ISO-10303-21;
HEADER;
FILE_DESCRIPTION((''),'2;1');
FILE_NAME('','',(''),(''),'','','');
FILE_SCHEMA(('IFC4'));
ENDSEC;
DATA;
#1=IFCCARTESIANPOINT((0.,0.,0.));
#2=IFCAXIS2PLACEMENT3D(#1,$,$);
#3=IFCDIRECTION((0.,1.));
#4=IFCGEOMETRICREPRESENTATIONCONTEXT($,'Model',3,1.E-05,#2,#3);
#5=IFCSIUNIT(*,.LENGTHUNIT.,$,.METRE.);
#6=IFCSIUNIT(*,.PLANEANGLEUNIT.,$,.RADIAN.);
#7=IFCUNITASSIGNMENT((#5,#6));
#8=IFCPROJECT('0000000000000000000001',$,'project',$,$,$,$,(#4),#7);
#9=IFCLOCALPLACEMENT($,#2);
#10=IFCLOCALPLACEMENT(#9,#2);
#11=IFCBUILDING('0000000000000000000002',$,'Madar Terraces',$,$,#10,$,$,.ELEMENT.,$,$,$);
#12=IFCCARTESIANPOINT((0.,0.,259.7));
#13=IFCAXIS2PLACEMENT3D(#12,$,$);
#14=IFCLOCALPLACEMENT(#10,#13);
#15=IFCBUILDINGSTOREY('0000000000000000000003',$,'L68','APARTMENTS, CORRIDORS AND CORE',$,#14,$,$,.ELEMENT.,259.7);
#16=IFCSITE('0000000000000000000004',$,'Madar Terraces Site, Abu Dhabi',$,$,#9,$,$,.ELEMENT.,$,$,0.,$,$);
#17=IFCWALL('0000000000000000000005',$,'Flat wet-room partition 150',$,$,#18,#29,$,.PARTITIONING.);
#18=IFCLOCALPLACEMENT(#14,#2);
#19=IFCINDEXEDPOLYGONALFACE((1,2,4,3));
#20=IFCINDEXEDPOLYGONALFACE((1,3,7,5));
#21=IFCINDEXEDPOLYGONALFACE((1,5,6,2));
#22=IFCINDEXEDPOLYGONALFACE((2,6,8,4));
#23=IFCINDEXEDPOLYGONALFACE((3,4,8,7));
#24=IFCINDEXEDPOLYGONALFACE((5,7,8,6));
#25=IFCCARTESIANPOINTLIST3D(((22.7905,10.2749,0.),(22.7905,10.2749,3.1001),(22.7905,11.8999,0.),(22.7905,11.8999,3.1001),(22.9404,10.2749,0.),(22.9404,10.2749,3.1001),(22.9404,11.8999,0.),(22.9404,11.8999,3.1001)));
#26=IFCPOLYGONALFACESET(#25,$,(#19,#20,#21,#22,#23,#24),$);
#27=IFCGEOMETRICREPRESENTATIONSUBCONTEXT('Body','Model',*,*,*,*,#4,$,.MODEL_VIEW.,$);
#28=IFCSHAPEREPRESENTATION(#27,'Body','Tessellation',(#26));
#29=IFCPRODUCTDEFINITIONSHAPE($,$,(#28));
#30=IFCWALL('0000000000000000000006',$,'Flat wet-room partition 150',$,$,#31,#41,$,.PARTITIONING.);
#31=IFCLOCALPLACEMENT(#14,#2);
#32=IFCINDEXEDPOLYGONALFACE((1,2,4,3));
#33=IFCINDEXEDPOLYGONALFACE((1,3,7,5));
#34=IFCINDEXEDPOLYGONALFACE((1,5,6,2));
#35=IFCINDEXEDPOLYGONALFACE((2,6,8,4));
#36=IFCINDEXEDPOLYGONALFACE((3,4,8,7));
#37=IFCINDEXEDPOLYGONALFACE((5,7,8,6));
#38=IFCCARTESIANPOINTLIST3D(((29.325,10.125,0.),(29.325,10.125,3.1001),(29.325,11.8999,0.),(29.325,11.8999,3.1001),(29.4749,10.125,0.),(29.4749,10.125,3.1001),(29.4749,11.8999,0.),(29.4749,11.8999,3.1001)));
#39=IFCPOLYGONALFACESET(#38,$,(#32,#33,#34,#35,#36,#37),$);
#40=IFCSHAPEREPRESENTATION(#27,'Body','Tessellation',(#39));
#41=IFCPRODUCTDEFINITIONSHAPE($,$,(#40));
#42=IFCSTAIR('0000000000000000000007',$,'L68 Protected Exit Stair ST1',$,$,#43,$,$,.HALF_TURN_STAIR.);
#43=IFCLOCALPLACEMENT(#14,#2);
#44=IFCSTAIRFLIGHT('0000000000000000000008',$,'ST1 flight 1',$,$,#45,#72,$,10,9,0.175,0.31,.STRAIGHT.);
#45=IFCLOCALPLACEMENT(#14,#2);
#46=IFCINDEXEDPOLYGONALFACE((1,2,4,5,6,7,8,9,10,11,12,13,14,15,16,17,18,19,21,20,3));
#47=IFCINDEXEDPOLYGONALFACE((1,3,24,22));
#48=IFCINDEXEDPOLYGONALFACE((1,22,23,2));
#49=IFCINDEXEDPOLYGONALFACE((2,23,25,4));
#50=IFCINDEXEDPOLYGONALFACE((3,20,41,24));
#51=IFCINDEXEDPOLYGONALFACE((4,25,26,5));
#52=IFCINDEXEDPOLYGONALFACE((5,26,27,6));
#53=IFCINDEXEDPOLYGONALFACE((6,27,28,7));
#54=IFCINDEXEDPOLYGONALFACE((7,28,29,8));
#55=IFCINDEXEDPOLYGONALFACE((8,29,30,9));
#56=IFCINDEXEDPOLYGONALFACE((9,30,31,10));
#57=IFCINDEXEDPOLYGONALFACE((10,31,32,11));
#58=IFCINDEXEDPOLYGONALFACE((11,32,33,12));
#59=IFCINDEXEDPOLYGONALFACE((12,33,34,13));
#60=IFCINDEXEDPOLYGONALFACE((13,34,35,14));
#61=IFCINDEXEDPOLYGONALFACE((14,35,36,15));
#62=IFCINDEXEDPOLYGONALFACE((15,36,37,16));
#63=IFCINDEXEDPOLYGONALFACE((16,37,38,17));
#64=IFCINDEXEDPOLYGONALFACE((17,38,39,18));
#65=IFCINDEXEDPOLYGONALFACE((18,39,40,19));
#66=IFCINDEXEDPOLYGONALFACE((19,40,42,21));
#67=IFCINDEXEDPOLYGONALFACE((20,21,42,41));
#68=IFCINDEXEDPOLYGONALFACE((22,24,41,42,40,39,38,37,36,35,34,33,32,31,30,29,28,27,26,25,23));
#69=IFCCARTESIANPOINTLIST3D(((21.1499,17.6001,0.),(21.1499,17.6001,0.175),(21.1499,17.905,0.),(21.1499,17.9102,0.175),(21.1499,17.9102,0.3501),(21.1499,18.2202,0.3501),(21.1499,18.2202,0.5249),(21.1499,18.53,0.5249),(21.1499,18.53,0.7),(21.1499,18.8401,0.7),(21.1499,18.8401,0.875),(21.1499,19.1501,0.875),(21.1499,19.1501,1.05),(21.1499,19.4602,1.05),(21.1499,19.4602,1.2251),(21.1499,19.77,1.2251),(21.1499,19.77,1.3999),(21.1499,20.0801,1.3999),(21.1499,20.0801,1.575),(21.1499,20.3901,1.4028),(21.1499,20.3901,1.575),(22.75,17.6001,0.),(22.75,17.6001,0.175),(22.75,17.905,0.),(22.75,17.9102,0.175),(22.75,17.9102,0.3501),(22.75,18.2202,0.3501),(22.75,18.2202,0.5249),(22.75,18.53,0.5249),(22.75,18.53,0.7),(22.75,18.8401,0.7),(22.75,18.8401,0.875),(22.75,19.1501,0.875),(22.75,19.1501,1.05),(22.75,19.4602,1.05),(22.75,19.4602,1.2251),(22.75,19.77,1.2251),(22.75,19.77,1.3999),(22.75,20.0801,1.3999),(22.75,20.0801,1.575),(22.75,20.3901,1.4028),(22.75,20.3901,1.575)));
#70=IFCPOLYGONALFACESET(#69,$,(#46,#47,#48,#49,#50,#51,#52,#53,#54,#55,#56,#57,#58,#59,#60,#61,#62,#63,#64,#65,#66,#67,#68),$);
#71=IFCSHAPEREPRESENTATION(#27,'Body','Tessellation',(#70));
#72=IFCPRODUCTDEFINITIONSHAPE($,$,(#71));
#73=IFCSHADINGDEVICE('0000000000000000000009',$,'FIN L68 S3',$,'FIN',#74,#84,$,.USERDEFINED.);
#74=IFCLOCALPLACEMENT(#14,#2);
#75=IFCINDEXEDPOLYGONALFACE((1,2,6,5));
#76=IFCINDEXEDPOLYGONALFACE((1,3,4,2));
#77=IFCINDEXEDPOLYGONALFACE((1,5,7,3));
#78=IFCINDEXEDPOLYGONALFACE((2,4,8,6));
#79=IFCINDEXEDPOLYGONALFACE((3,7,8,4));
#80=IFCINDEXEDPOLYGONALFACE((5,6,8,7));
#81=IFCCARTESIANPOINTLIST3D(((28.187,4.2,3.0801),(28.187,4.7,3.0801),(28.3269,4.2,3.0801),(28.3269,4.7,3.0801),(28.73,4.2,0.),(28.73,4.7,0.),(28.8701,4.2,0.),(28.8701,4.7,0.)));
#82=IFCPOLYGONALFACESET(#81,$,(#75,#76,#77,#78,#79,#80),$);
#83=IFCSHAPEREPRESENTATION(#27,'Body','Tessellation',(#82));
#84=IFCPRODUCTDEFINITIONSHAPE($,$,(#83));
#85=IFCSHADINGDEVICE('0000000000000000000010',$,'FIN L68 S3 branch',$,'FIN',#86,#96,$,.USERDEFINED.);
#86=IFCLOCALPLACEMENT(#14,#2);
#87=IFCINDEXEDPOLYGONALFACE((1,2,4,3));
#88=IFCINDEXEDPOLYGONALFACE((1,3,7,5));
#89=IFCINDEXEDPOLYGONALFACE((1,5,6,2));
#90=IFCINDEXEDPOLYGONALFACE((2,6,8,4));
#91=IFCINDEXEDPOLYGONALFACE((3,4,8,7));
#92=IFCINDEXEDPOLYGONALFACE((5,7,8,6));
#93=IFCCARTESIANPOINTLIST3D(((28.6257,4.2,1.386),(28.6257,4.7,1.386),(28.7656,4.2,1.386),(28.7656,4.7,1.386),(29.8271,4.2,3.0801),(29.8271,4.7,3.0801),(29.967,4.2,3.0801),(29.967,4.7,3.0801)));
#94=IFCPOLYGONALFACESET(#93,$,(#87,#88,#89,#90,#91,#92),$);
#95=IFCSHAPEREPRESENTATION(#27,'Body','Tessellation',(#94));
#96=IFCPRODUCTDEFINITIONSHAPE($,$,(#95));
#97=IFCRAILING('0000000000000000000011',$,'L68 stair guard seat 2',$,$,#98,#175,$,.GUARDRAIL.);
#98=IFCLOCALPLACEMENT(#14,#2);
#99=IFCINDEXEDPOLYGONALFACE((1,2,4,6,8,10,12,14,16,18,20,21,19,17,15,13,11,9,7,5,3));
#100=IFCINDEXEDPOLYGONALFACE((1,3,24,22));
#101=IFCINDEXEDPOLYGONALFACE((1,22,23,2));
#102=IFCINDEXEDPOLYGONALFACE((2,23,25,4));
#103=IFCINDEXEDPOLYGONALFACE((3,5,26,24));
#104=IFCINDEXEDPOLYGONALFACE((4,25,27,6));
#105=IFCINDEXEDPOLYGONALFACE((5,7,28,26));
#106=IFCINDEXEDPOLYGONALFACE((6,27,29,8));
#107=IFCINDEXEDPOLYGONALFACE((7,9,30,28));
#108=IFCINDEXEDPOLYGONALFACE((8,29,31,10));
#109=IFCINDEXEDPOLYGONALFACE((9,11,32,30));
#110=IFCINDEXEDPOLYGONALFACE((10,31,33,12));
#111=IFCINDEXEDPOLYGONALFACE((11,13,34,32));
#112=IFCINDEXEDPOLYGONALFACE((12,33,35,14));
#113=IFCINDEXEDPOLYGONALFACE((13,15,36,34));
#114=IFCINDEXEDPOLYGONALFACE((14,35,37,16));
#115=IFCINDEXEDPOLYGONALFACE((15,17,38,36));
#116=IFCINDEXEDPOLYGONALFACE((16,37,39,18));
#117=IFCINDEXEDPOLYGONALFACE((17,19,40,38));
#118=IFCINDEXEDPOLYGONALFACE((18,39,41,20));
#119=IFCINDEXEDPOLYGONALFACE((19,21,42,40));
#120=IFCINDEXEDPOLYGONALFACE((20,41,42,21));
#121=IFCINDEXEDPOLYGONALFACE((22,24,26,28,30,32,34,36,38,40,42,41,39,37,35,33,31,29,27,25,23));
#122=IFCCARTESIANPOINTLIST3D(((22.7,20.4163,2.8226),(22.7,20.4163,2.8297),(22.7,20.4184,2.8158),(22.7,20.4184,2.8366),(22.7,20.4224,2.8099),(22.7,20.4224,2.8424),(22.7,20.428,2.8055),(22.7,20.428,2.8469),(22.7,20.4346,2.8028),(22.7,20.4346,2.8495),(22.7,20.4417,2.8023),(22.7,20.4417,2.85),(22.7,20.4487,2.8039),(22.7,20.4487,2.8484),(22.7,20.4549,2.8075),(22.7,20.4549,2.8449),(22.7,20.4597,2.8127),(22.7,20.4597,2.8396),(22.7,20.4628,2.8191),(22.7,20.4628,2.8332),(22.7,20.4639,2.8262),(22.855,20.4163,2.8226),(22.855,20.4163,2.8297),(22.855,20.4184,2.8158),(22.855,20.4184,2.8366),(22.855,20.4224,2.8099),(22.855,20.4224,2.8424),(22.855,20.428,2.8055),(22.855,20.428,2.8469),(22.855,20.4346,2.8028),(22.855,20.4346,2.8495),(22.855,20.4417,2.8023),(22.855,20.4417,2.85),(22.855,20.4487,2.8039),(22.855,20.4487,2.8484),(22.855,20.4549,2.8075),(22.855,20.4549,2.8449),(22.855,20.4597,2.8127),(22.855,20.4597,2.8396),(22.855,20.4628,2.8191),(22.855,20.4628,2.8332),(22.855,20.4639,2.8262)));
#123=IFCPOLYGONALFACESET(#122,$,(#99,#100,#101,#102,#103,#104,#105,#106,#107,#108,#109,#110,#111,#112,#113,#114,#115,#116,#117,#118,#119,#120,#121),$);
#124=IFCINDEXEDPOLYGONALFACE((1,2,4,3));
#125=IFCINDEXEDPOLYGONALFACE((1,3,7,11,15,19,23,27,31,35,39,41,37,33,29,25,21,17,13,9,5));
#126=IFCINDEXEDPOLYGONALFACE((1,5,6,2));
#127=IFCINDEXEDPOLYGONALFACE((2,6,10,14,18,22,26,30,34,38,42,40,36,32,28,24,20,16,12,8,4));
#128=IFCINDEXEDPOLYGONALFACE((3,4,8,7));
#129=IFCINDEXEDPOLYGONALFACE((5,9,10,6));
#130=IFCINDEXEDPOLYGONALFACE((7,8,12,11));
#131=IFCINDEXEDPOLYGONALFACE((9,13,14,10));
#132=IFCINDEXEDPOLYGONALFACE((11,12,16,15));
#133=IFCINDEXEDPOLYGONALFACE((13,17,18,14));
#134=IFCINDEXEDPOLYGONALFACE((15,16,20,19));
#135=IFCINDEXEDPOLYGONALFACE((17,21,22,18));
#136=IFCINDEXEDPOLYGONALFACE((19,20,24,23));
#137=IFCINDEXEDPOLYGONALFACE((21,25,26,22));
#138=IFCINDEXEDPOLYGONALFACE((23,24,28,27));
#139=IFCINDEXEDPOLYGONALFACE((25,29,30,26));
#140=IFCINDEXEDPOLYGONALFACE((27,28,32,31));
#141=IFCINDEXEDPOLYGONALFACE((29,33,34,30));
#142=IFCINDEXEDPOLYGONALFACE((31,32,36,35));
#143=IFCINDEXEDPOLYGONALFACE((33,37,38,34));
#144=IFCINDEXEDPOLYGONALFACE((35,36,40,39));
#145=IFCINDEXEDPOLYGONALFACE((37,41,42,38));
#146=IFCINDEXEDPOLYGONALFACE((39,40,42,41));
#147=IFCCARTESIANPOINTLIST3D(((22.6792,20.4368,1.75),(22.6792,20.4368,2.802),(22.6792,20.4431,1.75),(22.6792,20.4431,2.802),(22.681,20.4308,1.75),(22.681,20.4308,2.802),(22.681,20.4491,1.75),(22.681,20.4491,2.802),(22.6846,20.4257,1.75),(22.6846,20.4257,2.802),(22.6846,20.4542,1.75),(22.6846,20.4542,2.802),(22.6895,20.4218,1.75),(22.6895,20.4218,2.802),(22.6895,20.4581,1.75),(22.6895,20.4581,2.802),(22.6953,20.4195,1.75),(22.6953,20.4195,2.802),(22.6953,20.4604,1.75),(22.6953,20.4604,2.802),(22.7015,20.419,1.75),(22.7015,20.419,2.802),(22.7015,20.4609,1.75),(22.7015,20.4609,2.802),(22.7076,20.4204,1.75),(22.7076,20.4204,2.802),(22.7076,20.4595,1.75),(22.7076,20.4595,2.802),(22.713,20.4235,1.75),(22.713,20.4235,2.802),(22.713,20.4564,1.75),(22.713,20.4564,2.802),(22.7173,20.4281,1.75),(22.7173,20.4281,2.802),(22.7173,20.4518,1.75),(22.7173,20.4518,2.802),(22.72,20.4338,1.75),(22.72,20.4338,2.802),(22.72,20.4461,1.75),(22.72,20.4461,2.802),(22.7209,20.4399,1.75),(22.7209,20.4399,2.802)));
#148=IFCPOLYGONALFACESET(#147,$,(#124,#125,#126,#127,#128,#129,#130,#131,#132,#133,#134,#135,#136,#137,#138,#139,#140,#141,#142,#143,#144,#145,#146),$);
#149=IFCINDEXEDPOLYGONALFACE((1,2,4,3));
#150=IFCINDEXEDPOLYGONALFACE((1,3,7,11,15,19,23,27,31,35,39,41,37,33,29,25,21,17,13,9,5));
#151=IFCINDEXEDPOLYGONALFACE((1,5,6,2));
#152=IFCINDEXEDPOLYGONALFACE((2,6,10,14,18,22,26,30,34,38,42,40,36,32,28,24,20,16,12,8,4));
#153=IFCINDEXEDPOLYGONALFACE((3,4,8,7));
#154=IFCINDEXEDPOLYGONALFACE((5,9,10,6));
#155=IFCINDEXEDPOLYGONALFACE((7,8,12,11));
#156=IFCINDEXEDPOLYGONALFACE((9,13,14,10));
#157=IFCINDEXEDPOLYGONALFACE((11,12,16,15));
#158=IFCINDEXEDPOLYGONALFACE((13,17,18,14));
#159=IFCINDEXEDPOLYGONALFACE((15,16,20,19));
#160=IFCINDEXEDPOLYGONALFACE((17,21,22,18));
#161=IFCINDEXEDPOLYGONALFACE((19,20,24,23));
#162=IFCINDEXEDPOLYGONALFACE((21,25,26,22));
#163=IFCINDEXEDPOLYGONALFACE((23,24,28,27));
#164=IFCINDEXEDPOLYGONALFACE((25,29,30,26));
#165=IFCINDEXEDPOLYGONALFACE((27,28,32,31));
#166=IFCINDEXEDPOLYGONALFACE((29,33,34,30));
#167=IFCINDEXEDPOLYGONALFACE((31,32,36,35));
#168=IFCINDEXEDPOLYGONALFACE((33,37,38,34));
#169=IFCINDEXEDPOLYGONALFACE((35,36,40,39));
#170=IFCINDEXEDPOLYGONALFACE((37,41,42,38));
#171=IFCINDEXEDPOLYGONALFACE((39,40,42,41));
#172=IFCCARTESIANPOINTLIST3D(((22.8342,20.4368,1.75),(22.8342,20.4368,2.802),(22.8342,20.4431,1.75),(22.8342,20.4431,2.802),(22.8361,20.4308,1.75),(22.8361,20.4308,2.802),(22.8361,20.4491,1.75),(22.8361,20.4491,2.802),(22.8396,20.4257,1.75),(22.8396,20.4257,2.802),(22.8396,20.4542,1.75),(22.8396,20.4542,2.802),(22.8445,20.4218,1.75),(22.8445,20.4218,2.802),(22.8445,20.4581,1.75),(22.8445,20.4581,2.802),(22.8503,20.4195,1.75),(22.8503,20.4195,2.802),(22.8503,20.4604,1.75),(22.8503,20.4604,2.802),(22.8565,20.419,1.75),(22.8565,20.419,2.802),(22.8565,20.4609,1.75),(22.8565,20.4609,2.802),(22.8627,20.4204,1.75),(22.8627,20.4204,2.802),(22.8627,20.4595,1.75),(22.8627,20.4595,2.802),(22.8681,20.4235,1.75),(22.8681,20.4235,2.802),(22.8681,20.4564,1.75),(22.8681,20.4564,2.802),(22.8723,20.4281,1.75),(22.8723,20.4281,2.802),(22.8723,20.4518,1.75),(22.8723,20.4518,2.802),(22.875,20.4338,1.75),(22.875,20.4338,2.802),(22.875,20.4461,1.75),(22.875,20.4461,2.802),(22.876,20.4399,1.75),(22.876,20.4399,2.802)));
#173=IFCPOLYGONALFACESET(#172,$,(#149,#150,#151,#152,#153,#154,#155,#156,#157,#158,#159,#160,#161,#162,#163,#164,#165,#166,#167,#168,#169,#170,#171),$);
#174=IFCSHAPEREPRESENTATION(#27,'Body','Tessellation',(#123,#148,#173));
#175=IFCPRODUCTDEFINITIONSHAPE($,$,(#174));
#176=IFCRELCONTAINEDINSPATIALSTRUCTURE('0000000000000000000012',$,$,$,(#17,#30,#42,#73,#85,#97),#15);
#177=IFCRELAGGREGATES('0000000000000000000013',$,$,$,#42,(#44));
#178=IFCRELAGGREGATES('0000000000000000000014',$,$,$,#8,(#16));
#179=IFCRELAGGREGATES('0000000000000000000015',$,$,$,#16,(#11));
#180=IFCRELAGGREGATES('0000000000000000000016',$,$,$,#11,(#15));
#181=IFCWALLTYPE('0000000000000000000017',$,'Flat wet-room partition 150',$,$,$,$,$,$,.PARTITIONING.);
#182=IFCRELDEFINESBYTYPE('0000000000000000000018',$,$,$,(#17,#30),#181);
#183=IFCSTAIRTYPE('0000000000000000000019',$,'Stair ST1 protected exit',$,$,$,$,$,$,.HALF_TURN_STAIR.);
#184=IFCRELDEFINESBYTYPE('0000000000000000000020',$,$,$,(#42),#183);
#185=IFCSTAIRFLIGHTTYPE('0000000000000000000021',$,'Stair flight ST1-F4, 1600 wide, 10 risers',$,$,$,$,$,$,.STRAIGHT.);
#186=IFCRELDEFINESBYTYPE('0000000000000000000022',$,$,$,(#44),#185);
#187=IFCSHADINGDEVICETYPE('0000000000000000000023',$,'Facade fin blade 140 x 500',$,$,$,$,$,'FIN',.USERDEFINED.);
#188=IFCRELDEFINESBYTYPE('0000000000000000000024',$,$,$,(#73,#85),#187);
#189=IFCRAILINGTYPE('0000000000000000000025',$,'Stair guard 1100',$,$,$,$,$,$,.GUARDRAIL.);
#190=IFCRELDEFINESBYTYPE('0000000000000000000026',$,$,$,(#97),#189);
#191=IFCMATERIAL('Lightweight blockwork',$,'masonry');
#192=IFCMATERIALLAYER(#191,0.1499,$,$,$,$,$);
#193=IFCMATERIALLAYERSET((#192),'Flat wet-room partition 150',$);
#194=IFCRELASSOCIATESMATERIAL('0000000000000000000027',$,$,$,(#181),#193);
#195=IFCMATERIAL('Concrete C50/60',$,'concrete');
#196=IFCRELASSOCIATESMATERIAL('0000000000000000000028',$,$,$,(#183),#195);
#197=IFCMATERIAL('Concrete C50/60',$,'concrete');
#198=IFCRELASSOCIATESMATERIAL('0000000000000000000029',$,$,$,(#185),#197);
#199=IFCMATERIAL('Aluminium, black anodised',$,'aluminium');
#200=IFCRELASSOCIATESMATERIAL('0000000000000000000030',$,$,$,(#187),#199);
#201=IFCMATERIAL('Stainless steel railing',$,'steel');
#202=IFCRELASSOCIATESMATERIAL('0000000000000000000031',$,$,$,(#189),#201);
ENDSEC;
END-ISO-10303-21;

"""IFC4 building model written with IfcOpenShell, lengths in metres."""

from ifc_helpers import new_model, si_unit, direction, frame, frame_2d, origin, origin_2d, place, context, subcontext, project, spatial, polyline, rectangle, circle, outline, extrude, material, layer, layer_set, type_object, element, aggregate, save


model = new_model("IFC4")

# Units and contexts
model_context = context("Model", 3, precision=1e-05, world=origin(), true_north=direction((0.0, 1.0)))
body_context = subcontext(model_context, "Body", "Model", "MODEL_VIEW")
ifc_project = project(units=[si_unit("LENGTHUNIT", "METRE"), si_unit("PLANEANGLEUNIT", "RADIAN")], contexts=[model_context])

# Site, building, storey
site_placement = place(None, origin())
site = spatial("IfcSite", under=ifc_project, at=site_placement, Name="Madar Terraces Site, Abu Dhabi", CompositionType="ELEMENT", RefElevation=0.0)
building_placement = place(site_placement, origin())
building = spatial("IfcBuilding", under=site, at=building_placement, Name="Madar Terraces", CompositionType="ELEMENT")
storey_placement = place(building_placement, frame((0.0, 0.0, 259.7)))
storey = spatial("IfcBuildingStorey", under=building, at=storey_placement, Name="L68", Description="APARTMENTS, CORRIDORS AND CORE", CompositionType="ELEMENT", Elevation=259.7)

# Walls
ifc_material_1 = material(Name="Lightweight blockwork", Category="masonry")
ifc_layer_1 = layer(ifc_material_1, 0.1499)
ifc_layer_set_1 = layer_set([ifc_layer_1], Name="Flat wet-room partition 150")
wall_type_1 = type_object("IfcWallType", Name="Flat wet-room partition 150", PredefinedType="PARTITIONING", material=ifc_layer_set_1)
wall_1_placement = place(storey_placement, frame((22.8655, 11.8999, 0.0), z_axis=(0.0, 0.0, 1.0), x_axis=(0.0, -1.0, 0.0)))
element("IfcWall", 1, at=wall_1_placement, inside=storey, type_object=wall_type_1, Name="Flat wet-room partition 150", PredefinedType="PARTITIONING", context=body_context, shape_type="SweptSolid", body=[
    extrude(rectangle(XDim=1.625, YDim=0.1499, at=frame_2d((0.8125, 0.0))), origin(), (0.0, 0.0, 1.0), 3.1001),
])
wall_2_placement = place(storey_placement, frame((29.3999, 11.8999, 0.0), z_axis=(0.0, 0.0, 1.0), x_axis=(0.0, -1.0, 0.0)))
element("IfcWall", 2, at=wall_2_placement, inside=storey, type_object=wall_type_1, Name="Flat wet-room partition 150", PredefinedType="PARTITIONING", context=body_context, shape_type="SweptSolid", body=[
    extrude(rectangle(XDim=1.7749, YDim=0.1499, at=frame_2d((0.8875, 0.0))), origin(), (0.0, 0.0, 1.0), 3.1001),
])

# Stair, stair flight
ifc_material_2 = material(Name="Concrete C50/60", Category="concrete")
stair_type = type_object("IfcStairType", Name="Stair ST1 protected exit", PredefinedType="HALF_TURN_STAIR", material=ifc_material_2)
stair_placement = place(storey_placement, origin())
stair = element("IfcStair", 3, at=stair_placement, inside=storey, type_object=stair_type, Name="L68 Protected Exit Stair ST1", PredefinedType="HALF_TURN_STAIR")
ifc_material_3 = material(Name="Concrete C50/60", Category="concrete")
stair_flight_type = type_object("IfcStairFlightType", Name="Stair flight ST1-F4, 1600 wide, 10 risers", PredefinedType="STRAIGHT", material=ifc_material_3)
stair_flight_placement = place(storey_placement, frame((21.95, 17.6001, 0.0), z_axis=(0.0, 0.0, 1.0), x_axis=(0.0, 1.0, 0.0)))
stair_flight = element("IfcStairFlight", 4, at=stair_flight_placement, type_object=stair_flight_type, Name="ST1 flight 1", NumberOfRisers=10, NumberOfTreads=9, PredefinedType="STRAIGHT", RiserHeight=0.175, TreadLength=0.31, context=body_context, shape_type="SweptSolid", body=[
    extrude(outline(polyline([(0.0, 0.0), (0.0, 0.175), (0.3101, 0.175), (0.3101, 0.3501), (0.6201, 0.3501), (0.6201, 0.5249), (0.9299, 0.5249), (0.9299, 0.7), (1.24, 0.7), (1.24, 0.875), (1.55, 0.875), (1.55, 1.05), (1.8601, 1.05), (1.8601, 1.2251), (2.1699, 1.2251), (2.1699, 1.3999), (2.48, 1.3999), (2.48, 1.575), (2.79, 1.575), (2.79, 1.75), (2.79, 1.4028), (0.3049, 0.0), (0.0, 0.0)])), frame((0.0, 0.8, 0.0), z_axis=(0.0, -1.0, 0.0), x_axis=(1.0, 0.0, 0.0)), (0.0, 0.0, 1.0), 1.6001),
])
aggregate(stair, [stair_flight])

# Shading devices
ifc_material_4 = material(Name="Aluminium, black anodised", Category="aluminium")
shading_device_type = type_object("IfcShadingDeviceType", Name="Facade fin blade 140 x 500", ElementType="FIN", PredefinedType="USERDEFINED", material=ifc_material_4)
shading_device_1_placement = place(storey_placement, frame((28.73, 4.45, 0.0), z_axis=(0.0, 0.0, 1.0), x_axis=(1.0, 0.0, 0.0)))
element("IfcShadingDevice", 5, at=shading_device_1_placement, inside=storey, type_object=shading_device_type, Name="FIN L68 S3", ObjectType="FIN", PredefinedType="USERDEFINED", context=body_context, shape_type="SweptSolid", body=[
    extrude(outline(polyline([(0.0, 0.0), (0.1401, 0.0), (-0.4031, 3.0801), (-0.543, 3.0801), (0.0, 0.0)])), frame((0.0, 0.25, 0.0), z_axis=(0.0, -1.0, 0.0), x_axis=(1.0, 0.0, 0.0)), (0.0, 0.0, 1.0), 0.5),
])
shading_device_2_placement = place(storey_placement, frame((28.6257, 4.45, 1.386), z_axis=(0.0, 0.0, 1.0), x_axis=(1.0, 0.0, 0.0)))
element("IfcShadingDevice", 6, at=shading_device_2_placement, inside=storey, type_object=shading_device_type, Name="FIN L68 S3 branch", ObjectType="FIN", PredefinedType="USERDEFINED", context=body_context, shape_type="SweptSolid", body=[
    extrude(outline(polyline([(0.0, 0.0), (0.1399, 0.0), (1.3413, 1.6941), (1.2014, 1.6941), (0.0, 0.0)])), frame((0.0, 0.25, 0.0), z_axis=(0.0, -1.0, 0.0), x_axis=(1.0, 0.0, 0.0)), (0.0, 0.0, 1.0), 0.5),
])

# Railing
ifc_material_5 = material(Name="Stainless steel railing", Category="steel")
railing_type_1 = type_object("IfcRailingType", Name="Stair guard 1100", PredefinedType="GUARDRAIL", material=ifc_material_5)
for number, where, name in (
    (7, (22.7, 20.4399, 1.75), "L68 stair guard seat 2"),
):
    element("IfcRailing", number, at=place(storey_placement, frame(where)), inside=storey, type_object=railing_type_1, Name=name, PredefinedType="GUARDRAIL", context=body_context, shape_type="SweptSolid", body=[
        extrude(circle(Radius=0.0239, at=origin_2d()), frame((0.0, 0.0, 1.0762), z_axis=(1.0, 0.0, 0.0), x_axis=(0.0, 1.0, 0.0)), (0.0, 0.0, 1.0), 0.155),
        extrude(circle(Radius=0.021, at=origin_2d()), origin(), (0.0, 0.0, 1.0), 1.052),
        extrude(circle(Radius=0.021, at=origin_2d()), frame((0.155, 0.0, 0.0)), (0.0, 0.0, 1.0), 1.052),
    ])

save(model, "model.ifc")
